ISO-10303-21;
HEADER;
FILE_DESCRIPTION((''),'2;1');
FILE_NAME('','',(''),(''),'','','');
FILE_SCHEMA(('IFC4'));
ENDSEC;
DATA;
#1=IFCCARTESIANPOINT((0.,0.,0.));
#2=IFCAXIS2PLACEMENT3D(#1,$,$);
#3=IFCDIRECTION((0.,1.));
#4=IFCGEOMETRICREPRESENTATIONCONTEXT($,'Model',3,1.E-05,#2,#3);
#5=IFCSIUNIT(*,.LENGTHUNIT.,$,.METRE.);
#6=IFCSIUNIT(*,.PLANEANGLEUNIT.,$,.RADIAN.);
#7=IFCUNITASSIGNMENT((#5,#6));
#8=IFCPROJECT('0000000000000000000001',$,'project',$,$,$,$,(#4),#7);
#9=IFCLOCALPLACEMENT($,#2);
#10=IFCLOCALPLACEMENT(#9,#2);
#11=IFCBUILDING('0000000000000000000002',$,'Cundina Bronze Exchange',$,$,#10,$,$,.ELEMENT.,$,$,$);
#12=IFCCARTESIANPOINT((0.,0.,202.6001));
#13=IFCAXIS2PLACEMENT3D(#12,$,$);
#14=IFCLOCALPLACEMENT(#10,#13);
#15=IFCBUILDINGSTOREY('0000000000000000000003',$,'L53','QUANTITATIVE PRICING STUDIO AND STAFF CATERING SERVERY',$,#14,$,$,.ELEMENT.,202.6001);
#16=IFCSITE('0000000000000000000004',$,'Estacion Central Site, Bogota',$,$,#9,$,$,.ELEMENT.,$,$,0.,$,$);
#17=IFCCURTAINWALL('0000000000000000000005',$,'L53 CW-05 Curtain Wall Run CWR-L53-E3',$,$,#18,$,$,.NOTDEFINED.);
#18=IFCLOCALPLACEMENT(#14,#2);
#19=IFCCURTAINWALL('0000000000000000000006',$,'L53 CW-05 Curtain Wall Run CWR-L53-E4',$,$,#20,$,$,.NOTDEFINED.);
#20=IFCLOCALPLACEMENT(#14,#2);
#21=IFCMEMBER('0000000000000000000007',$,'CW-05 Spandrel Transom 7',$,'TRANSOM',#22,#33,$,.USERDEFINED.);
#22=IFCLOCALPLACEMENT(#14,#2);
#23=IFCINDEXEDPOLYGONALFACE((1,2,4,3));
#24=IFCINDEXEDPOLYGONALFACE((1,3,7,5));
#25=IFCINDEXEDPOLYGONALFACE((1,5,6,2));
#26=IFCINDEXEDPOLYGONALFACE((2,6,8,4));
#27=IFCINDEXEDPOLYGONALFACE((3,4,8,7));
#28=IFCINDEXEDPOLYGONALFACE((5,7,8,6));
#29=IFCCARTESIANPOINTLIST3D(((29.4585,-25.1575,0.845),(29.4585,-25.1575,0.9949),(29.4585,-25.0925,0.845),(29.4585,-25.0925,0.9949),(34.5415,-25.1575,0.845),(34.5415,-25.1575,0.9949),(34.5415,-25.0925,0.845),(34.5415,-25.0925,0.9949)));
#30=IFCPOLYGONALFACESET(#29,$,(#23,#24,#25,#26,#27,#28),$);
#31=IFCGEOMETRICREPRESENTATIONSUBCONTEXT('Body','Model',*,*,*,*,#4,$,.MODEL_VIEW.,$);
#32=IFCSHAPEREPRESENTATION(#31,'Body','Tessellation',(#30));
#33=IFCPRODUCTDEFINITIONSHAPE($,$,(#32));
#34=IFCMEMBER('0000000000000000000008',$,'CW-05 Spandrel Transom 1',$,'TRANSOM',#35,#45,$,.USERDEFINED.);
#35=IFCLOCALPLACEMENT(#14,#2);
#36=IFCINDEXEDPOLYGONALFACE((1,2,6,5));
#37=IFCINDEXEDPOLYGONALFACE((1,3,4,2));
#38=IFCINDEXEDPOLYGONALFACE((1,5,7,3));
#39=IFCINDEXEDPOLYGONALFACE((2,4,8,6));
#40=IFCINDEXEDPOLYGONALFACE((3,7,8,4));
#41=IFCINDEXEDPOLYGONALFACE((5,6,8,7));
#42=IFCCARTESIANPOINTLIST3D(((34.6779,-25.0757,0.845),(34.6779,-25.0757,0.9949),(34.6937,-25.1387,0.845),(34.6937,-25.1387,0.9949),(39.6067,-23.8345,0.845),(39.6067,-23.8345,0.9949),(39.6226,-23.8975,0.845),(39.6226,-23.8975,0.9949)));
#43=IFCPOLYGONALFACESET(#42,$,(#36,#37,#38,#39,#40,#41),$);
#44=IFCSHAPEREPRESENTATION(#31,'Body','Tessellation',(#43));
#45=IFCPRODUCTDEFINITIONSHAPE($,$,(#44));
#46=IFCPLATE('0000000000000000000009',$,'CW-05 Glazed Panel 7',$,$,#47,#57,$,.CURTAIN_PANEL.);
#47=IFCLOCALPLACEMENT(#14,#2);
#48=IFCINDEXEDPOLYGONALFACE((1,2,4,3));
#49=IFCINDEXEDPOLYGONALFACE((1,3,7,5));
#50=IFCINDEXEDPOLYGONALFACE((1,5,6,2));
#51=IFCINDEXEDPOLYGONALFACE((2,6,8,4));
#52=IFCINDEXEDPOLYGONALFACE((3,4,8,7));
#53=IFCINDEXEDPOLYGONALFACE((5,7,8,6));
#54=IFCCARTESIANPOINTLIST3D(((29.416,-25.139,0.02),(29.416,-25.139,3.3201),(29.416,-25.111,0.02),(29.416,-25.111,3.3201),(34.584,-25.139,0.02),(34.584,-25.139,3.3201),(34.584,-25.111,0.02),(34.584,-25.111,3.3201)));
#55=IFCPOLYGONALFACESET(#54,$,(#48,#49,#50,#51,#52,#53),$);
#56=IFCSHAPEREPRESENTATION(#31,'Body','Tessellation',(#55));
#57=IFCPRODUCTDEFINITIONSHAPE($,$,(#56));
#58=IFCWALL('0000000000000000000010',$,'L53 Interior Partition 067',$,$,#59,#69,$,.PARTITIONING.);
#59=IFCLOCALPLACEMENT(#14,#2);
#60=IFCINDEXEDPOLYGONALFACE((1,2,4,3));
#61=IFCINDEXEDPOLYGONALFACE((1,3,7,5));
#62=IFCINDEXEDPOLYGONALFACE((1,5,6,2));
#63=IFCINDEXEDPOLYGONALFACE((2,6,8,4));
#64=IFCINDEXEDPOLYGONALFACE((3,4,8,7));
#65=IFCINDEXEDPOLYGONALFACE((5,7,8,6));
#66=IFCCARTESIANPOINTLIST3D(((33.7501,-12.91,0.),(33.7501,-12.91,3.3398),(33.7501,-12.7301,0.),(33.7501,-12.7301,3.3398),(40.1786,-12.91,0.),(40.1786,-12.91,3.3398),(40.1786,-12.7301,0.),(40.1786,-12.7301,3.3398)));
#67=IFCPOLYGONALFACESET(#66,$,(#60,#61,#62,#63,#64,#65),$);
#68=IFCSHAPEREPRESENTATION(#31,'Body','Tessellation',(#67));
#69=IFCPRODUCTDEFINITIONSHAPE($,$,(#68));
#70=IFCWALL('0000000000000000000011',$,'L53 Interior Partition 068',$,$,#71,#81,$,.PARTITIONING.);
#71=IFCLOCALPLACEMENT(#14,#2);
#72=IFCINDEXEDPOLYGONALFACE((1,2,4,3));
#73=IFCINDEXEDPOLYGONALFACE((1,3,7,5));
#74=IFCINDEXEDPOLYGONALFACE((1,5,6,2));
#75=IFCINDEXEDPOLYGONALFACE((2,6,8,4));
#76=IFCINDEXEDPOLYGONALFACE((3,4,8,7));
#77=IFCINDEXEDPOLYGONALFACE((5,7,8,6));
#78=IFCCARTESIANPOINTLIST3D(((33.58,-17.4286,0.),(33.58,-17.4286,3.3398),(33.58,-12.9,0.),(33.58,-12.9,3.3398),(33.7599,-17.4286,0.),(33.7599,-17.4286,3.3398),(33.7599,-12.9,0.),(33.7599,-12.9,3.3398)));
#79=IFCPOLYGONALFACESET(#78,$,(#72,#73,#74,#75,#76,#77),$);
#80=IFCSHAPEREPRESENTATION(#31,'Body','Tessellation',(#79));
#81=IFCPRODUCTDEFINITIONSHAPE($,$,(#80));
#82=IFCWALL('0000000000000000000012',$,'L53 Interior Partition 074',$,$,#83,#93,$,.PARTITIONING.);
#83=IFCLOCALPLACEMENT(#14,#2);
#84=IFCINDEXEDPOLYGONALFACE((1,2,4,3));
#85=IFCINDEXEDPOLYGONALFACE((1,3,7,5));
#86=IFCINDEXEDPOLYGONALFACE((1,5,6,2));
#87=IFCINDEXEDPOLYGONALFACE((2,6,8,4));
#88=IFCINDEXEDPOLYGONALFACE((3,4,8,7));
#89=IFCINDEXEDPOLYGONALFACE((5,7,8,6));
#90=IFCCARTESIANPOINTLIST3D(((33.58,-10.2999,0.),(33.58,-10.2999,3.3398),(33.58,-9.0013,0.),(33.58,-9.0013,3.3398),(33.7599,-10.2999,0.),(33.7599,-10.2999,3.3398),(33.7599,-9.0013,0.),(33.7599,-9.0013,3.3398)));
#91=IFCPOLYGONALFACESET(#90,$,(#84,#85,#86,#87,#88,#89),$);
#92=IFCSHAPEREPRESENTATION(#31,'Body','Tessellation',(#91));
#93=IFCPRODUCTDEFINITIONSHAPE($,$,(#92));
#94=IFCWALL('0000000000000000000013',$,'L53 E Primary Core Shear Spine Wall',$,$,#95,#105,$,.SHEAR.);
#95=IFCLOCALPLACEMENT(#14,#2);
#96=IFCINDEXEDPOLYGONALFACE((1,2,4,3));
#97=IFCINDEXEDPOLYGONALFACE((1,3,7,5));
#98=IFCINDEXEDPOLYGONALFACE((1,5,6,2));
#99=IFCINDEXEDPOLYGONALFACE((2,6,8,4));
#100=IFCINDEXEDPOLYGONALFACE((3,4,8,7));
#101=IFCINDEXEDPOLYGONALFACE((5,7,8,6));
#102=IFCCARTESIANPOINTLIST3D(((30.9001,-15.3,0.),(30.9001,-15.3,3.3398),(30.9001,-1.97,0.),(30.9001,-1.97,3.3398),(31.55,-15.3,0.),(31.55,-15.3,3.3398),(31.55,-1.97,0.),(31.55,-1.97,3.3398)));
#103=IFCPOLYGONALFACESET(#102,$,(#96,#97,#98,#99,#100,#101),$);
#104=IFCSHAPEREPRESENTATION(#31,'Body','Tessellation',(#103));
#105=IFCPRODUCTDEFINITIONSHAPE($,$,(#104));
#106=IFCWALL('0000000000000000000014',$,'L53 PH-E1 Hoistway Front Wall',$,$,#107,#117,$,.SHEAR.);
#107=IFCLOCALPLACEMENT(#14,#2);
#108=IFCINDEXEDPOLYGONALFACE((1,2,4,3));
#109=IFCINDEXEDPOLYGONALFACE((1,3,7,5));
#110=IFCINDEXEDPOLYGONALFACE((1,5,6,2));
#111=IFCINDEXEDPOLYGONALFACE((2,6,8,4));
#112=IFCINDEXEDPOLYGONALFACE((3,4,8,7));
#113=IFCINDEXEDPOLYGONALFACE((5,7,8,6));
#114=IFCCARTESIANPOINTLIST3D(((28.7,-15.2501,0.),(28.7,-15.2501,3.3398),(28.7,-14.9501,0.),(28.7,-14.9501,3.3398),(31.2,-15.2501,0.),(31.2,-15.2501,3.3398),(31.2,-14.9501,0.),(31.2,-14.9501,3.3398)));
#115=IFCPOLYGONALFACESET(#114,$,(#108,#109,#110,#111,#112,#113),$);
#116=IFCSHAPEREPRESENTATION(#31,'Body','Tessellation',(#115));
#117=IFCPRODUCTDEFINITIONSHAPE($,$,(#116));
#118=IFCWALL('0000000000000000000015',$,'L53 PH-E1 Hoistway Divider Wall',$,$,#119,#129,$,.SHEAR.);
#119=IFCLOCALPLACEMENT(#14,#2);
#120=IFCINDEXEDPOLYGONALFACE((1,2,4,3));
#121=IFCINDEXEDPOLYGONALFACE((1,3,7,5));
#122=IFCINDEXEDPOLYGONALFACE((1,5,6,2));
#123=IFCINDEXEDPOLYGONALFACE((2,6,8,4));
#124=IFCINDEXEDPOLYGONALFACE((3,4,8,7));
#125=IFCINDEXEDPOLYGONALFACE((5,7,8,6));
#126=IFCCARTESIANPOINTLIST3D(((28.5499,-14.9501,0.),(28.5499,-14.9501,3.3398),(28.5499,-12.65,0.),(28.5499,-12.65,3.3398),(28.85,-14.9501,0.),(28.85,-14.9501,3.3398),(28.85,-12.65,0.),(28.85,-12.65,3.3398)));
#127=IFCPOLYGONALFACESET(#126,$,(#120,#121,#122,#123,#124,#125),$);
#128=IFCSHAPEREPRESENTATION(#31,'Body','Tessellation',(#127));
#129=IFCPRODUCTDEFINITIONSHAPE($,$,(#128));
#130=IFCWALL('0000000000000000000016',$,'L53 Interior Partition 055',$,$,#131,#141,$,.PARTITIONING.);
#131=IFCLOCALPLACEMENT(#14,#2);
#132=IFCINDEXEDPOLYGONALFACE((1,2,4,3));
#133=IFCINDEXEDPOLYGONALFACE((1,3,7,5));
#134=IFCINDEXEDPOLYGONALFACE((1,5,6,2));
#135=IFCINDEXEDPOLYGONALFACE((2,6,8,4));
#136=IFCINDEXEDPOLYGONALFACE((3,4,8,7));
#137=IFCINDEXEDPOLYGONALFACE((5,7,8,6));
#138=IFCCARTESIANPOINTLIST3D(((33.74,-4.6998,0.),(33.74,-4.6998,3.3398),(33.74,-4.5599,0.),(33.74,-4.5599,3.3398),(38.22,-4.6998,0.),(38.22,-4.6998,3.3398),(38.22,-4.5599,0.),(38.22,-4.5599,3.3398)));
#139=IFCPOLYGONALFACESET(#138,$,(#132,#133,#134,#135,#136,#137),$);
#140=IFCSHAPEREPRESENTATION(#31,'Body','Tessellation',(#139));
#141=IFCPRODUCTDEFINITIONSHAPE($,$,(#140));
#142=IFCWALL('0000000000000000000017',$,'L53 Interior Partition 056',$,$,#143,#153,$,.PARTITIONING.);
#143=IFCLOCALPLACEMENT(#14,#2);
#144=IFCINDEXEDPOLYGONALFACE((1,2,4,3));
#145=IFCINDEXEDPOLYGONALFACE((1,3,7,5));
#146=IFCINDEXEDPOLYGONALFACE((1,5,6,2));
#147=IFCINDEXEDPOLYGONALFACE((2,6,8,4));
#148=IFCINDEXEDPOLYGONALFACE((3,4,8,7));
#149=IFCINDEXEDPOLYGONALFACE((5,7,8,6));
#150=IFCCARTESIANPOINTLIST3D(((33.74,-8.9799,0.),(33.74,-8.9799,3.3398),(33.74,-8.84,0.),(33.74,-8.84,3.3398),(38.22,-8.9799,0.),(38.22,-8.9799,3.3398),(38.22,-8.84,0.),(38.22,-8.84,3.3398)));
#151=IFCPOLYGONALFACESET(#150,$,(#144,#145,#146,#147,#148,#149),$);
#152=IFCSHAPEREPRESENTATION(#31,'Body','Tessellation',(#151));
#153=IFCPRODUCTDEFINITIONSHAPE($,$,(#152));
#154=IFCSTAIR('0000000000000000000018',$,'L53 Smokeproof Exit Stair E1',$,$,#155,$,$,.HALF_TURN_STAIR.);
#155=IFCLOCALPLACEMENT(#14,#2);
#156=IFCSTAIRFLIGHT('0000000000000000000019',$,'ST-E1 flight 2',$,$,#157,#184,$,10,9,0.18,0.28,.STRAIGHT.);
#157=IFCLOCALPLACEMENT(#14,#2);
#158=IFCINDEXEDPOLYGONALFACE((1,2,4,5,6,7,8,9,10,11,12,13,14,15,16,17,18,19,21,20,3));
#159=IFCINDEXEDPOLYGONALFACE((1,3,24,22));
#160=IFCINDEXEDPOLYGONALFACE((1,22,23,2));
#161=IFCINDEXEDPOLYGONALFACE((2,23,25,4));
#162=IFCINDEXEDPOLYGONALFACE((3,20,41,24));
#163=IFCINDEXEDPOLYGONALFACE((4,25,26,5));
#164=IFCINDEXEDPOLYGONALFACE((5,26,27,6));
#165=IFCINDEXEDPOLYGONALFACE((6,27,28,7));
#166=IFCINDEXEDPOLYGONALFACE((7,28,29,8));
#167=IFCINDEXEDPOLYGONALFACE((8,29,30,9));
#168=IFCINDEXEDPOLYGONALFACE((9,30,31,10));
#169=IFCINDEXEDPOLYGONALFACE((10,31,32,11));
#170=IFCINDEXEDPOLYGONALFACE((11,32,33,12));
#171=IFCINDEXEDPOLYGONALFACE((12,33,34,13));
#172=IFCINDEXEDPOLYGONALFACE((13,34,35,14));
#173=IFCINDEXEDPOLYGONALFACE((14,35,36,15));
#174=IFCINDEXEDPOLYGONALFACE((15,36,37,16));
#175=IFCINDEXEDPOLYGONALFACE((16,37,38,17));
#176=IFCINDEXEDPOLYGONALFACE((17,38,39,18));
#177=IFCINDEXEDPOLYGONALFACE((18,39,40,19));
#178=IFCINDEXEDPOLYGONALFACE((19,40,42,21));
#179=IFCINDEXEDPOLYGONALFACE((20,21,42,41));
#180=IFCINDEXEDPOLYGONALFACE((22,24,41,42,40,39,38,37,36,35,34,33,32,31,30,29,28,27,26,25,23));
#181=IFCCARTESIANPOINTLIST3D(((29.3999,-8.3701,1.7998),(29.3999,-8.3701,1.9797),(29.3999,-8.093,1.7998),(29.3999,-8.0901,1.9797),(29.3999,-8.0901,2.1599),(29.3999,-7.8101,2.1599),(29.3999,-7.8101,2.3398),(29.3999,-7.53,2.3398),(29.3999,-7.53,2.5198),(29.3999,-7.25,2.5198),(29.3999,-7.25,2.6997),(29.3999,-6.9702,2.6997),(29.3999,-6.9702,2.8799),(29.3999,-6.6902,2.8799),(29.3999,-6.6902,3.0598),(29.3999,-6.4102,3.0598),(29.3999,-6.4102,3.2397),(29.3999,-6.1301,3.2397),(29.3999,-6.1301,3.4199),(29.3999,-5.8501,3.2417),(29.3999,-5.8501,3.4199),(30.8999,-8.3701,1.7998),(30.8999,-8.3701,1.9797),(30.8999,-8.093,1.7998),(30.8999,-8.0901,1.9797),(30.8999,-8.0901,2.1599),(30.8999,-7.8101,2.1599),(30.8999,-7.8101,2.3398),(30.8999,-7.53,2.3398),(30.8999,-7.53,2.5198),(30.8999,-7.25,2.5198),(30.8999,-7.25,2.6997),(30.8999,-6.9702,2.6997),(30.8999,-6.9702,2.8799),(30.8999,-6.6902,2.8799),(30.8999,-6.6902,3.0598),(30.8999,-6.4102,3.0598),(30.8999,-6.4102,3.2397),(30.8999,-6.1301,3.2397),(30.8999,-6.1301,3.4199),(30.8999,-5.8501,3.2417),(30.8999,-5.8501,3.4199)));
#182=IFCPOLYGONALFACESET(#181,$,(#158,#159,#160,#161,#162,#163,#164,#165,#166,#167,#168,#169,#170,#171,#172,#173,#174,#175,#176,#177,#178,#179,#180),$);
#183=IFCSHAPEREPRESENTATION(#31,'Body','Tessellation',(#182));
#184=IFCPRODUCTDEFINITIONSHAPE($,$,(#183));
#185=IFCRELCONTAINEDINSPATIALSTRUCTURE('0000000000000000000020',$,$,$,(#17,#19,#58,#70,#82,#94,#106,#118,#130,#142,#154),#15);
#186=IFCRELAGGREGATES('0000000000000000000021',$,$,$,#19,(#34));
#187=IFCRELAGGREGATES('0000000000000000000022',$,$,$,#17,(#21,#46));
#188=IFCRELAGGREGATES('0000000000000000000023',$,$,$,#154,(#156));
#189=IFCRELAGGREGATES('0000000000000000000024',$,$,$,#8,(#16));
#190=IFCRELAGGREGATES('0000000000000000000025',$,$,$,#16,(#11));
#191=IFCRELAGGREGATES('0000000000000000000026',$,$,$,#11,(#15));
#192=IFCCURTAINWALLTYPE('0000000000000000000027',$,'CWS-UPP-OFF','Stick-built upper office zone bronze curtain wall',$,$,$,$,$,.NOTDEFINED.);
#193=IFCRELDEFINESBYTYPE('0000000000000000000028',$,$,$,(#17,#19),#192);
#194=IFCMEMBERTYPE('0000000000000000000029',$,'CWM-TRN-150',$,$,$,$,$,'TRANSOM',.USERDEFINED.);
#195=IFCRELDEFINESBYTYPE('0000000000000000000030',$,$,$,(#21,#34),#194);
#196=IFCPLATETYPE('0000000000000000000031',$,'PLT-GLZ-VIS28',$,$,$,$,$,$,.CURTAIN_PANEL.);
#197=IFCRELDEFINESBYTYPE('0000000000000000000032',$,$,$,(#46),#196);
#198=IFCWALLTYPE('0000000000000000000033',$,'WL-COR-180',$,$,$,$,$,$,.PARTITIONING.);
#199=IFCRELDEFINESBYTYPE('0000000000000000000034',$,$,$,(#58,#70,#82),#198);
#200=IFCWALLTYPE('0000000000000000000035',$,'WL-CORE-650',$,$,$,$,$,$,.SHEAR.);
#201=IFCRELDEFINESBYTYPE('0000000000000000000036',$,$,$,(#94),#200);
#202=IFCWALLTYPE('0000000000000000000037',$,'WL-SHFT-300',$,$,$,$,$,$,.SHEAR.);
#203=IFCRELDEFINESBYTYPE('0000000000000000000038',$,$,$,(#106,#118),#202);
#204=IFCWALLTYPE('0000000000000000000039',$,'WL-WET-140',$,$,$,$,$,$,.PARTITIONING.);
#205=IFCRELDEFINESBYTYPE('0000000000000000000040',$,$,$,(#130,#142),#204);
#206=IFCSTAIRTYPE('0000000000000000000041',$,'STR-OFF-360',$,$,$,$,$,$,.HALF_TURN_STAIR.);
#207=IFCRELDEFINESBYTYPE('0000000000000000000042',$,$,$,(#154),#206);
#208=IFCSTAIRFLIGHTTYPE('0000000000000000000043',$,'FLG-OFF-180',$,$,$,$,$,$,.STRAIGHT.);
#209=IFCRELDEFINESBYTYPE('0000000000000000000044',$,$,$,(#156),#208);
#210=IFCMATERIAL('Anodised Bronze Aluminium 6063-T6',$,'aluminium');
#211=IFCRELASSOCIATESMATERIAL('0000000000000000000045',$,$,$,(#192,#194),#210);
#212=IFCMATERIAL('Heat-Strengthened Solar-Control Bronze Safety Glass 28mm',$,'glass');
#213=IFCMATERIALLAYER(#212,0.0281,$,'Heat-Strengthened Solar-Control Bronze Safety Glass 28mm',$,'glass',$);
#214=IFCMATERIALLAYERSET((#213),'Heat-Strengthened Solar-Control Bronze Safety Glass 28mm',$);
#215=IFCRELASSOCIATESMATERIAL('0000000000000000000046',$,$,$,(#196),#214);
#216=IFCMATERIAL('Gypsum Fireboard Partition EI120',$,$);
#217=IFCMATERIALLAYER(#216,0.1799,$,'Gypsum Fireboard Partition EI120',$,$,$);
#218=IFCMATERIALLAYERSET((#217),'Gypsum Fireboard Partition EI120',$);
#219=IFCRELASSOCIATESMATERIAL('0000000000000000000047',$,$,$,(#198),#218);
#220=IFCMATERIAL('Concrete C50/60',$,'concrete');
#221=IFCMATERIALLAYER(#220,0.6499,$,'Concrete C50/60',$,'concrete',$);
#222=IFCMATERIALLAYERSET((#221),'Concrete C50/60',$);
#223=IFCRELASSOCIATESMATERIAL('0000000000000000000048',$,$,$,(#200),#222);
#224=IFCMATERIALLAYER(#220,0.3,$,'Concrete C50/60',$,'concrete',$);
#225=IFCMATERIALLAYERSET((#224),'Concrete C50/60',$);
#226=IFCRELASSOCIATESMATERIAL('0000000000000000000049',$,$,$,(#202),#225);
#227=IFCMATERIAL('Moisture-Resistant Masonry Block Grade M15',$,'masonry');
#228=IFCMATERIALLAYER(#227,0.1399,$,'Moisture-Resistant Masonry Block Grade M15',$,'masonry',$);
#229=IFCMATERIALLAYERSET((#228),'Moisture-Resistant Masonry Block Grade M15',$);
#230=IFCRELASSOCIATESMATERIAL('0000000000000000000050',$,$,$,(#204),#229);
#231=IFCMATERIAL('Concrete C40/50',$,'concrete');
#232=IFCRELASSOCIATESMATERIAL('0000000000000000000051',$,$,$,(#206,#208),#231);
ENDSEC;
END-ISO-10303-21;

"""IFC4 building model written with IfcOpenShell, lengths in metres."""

from ifc_helpers import new_model, si_unit, direction, frame, frame_2d, origin, origin_2d, place, context, subcontext, project, spatial, polyline, rectangle, outline, extrude, material, layer, layer_set, material_profile, profile_set, type_object, element, aggregate, save


model = new_model("IFC4")

# Units and contexts
model_context = context("Model", 3, precision=1e-05, world=origin(), true_north=direction((0.0, 1.0)))
body_context = subcontext(model_context, "Body", "Model", "MODEL_VIEW")
ifc_project = project(units=[si_unit("LENGTHUNIT", "METRE"), si_unit("PLANEANGLEUNIT", "RADIAN")], contexts=[model_context])

# Site, building, storey
site_placement = place(None, origin())
site = spatial("IfcSite", under=ifc_project, at=site_placement, Name="Estacion Central Site, Bogota", CompositionType="ELEMENT", RefElevation=0.0)
building_placement = place(site_placement, origin())
building = spatial("IfcBuilding", under=site, at=building_placement, Name="Cundina Bronze Exchange", CompositionType="ELEMENT")
storey_placement = place(building_placement, frame((0.0, 0.0, 202.6001)))
storey = spatial("IfcBuildingStorey", under=building, at=storey_placement, Name="L53", Description="QUANTITATIVE PRICING STUDIO AND STAFF CATERING SERVERY", CompositionType="ELEMENT", Elevation=202.6001)

# Shared definitions
ifc_material_1 = material(Name="Concrete C50/60", Category="concrete")

# Curtain wall
ifc_material_2 = material(Name="Anodised Bronze Aluminium 6063-T6", Category="aluminium")
curtain_wall_type = type_object("IfcCurtainWallType", Name="CWS-UPP-OFF", Description="Stick-built upper office zone bronze curtain wall", PredefinedType="NOTDEFINED", material=ifc_material_2)
curtain_wall_1_placement = place(storey_placement, origin())
curtain_wall_1 = element("IfcCurtainWall", 1, at=curtain_wall_1_placement, inside=storey, type_object=curtain_wall_type, Name="L53 CW-05 Curtain Wall Run CWR-L53-E3", PredefinedType="NOTDEFINED")

# Curtain wall
curtain_wall_2_placement = place(storey_placement, origin())
curtain_wall_2 = element("IfcCurtainWall", 2, at=curtain_wall_2_placement, inside=storey, type_object=curtain_wall_type, Name="L53 CW-05 Curtain Wall Run CWR-L53-E4", PredefinedType="NOTDEFINED")

# Members
ifc_material_profile_1 = material_profile(ifc_material_2, rectangle(XDim=0.0649, YDim=0.1499, at=origin_2d()), Name="AL65X150", Category="aluminium")
ifc_profile_set_1 = profile_set([ifc_material_profile_1], Name="Anodised Bronze Aluminium 6063-T6")
member_type_1 = type_object("IfcMemberType", Name="CWM-TRN-150", ElementType="TRANSOM", PredefinedType="USERDEFINED", material=ifc_profile_set_1)
member_1_placement = place(storey_placement, frame((29.4585, -25.125, 0.9199), z_axis=(1.0, 0.0, 0.0), x_axis=(0.0, 1.0, 0.0)))
member_1 = element("IfcMember", 3, at=member_1_placement, type_object=member_type_1, Name="CW-05 Spandrel Transom 7", ObjectType="TRANSOM", PredefinedType="USERDEFINED", context=body_context, shape_type="SweptSolid", body=[
    extrude(rectangle(XDim=0.0649, YDim=0.1499, at=origin_2d()), origin(), (0.0, 0.0, 1.0), 5.083),
])
member_2_placement = place(storey_placement, frame((34.6858, -25.1072, 0.9199), z_axis=(0.969726, 0.244197, 0.0), x_axis=(-0.244197, 0.969726, 0.0)))
member_2 = element("IfcMember", 4, at=member_2_placement, type_object=member_type_1, Name="CW-05 Spandrel Transom 1", ObjectType="TRANSOM", PredefinedType="USERDEFINED", context=body_context, shape_type="SweptSolid", body=[
    extrude(rectangle(XDim=0.0649, YDim=0.1499, at=origin_2d()), origin(), (0.0, 0.0, 1.0), 5.0828),
])
aggregate(curtain_wall_2, [member_2])

# Plate
ifc_material_3 = material(Name="Heat-Strengthened Solar-Control Bronze Safety Glass 28mm", Category="glass")
ifc_layer_1 = layer(ifc_material_3, 0.0281, Name="Heat-Strengthened Solar-Control Bronze Safety Glass 28mm", Category="glass")
ifc_layer_set_1 = layer_set([ifc_layer_1], Name="Heat-Strengthened Solar-Control Bronze Safety Glass 28mm")
plate_type = type_object("IfcPlateType", Name="PLT-GLZ-VIS28", PredefinedType="CURTAIN_PANEL", material=ifc_layer_set_1)
plate_placement = place(storey_placement, frame((32.0, -25.125, 0.02), z_axis=(0.0, 0.0, 1.0), x_axis=(1.0, 0.0, 0.0)))
plate = element("IfcPlate", 5, at=plate_placement, type_object=plate_type, Name="CW-05 Glazed Panel 7", PredefinedType="CURTAIN_PANEL", context=body_context, shape_type="SweptSolid", body=[
    extrude(rectangle(XDim=5.168, YDim=0.0281, at=origin_2d()), origin(), (0.0, 0.0, 1.0), 3.3),
])
aggregate(curtain_wall_1, [member_1, plate])

# Shared definitions
ifc_material_4 = material(Name="Gypsum Fireboard Partition EI120")
ifc_layer_2 = layer(ifc_material_4, 0.1799, Name="Gypsum Fireboard Partition EI120")
ifc_layer_set_2 = layer_set([ifc_layer_2], Name="Gypsum Fireboard Partition EI120")
wall_type_1 = type_object("IfcWallType", Name="WL-COR-180", PredefinedType="PARTITIONING", material=ifc_layer_set_2)

# Walls
wall_1_placement = place(storey_placement, frame((33.75, -12.8201, 0.0), z_axis=(0.0, 0.0, 1.0), x_axis=(1.0, 0.0, 0.0)))
element("IfcWall", 6, at=wall_1_placement, inside=storey, type_object=wall_type_1, Name="L53 Interior Partition 067", PredefinedType="PARTITIONING", context=body_context, shape_type="SweptSolid", body=[
    extrude(rectangle(XDim=6.4285, YDim=0.1799, at=frame_2d((3.2144, 0.0))), origin(), (0.0, 0.0, 1.0), 3.3398),
])
wall_2_placement = place(storey_placement, frame((33.6699, -17.4285, 0.0), z_axis=(0.0, 0.0, 1.0), x_axis=(0.0, 1.0, 0.0)))
element("IfcWall", 7, at=wall_2_placement, inside=storey, type_object=wall_type_1, Name="L53 Interior Partition 068", PredefinedType="PARTITIONING", context=body_context, shape_type="SweptSolid", body=[
    extrude(rectangle(XDim=4.5286, YDim=0.1799, at=frame_2d((2.2642, 0.0))), origin(), (0.0, 0.0, 1.0), 3.3398),
])
wall_3_placement = place(storey_placement, frame((33.6699, -10.3, 0.0), z_axis=(0.0, 0.0, 1.0), x_axis=(0.0, 1.0, 0.0)))
element("IfcWall", 8, at=wall_3_placement, inside=storey, type_object=wall_type_1, Name="L53 Interior Partition 074", PredefinedType="PARTITIONING", context=body_context, shape_type="SweptSolid", body=[
    extrude(rectangle(XDim=1.2986, YDim=0.1799, at=frame_2d((0.6494, 0.0))), origin(), (0.0, 0.0, 1.0), 3.3398),
])
ifc_layer_3 = layer(ifc_material_1, 0.6499, Name="Concrete C50/60", Category="concrete")
ifc_layer_set_3 = layer_set([ifc_layer_3], Name="Concrete C50/60")
wall_type_2 = type_object("IfcWallType", Name="WL-CORE-650", PredefinedType="SHEAR", material=ifc_layer_set_3)
wall_4_placement = place(storey_placement, frame((31.2251, -15.3, 0.0), z_axis=(0.0, 0.0, 1.0), x_axis=(0.0, 1.0, 0.0)))
element("IfcWall", 9, at=wall_4_placement, inside=storey, type_object=wall_type_2, Name="L53 E Primary Core Shear Spine Wall", PredefinedType="SHEAR", context=body_context, shape_type="SweptSolid", body=[
    extrude(rectangle(XDim=13.3301, YDim=0.6499, at=frame_2d((6.665, 0.0))), origin(), (0.0, 0.0, 1.0), 3.3398),
])
ifc_layer_4 = layer(ifc_material_1, 0.3, Name="Concrete C50/60", Category="concrete")
ifc_layer_set_4 = layer_set([ifc_layer_4], Name="Concrete C50/60")
wall_type_3 = type_object("IfcWallType", Name="WL-SHFT-300", PredefinedType="SHEAR", material=ifc_layer_set_4)
wall_5_placement = place(storey_placement, frame((28.7, -15.1001, 0.0), z_axis=(0.0, 0.0, 1.0), x_axis=(1.0, 0.0, 0.0)))
element("IfcWall", 10, at=wall_5_placement, inside=storey, type_object=wall_type_3, Name="L53 PH-E1 Hoistway Front Wall", PredefinedType="SHEAR", context=body_context, shape_type="SweptSolid", body=[
    extrude(rectangle(XDim=2.5, YDim=0.3, at=frame_2d((1.25, 0.0))), origin(), (0.0, 0.0, 1.0), 3.3398),
])
wall_6_placement = place(storey_placement, frame((28.7, -14.95, 0.0), z_axis=(0.0, 0.0, 1.0), x_axis=(0.0, 1.0, 0.0)))
element("IfcWall", 11, at=wall_6_placement, inside=storey, type_object=wall_type_3, Name="L53 PH-E1 Hoistway Divider Wall", PredefinedType="SHEAR", context=body_context, shape_type="SweptSolid", body=[
    extrude(rectangle(XDim=2.3, YDim=0.3, at=frame_2d((1.1499, 0.0))), origin(), (0.0, 0.0, 1.0), 3.3398),
])
ifc_material_5 = material(Name="Moisture-Resistant Masonry Block Grade M15", Category="masonry")
ifc_layer_5 = layer(ifc_material_5, 0.1399, Name="Moisture-Resistant Masonry Block Grade M15", Category="masonry")
ifc_layer_set_5 = layer_set([ifc_layer_5], Name="Moisture-Resistant Masonry Block Grade M15")
wall_type_4 = type_object("IfcWallType", Name="WL-WET-140", PredefinedType="PARTITIONING", material=ifc_layer_set_5)
for number, where, z_axis, x_axis, name in (
    (12, (33.74, -4.6299, 0.0), (0.0, 0.0, 1.0), (1.0, 0.0, 0.0), "L53 Interior Partition 055"),
    (13, (33.74, -8.9099, 0.0), (0.0, 0.0, 1.0), (1.0, 0.0, 0.0), "L53 Interior Partition 056"),
):
    element("IfcWall", number, at=place(storey_placement, frame(where, z_axis=z_axis, x_axis=x_axis)), inside=storey, type_object=wall_type_4, Name=name, PredefinedType="PARTITIONING", context=body_context, shape_type="SweptSolid", body=[
        extrude(rectangle(XDim=4.48, YDim=0.1399, at=frame_2d((2.24, 0.0))), origin(), (0.0, 0.0, 1.0), 3.3398),
    ])

# Stair, stair flight
ifc_material_6 = material(Name="Concrete C40/50", Category="concrete")
stair_type = type_object("IfcStairType", Name="STR-OFF-360", PredefinedType="HALF_TURN_STAIR", material=ifc_material_6)
stair_placement = place(storey_placement, origin())
stair = element("IfcStair", 14, at=stair_placement, inside=storey, type_object=stair_type, Name="L53 Smokeproof Exit Stair E1", PredefinedType="HALF_TURN_STAIR")
stair_flight_type = type_object("IfcStairFlightType", Name="FLG-OFF-180", PredefinedType="STRAIGHT", material=ifc_material_6)
stair_flight_placement = place(storey_placement, frame((30.1499, -8.3701, 1.7998), z_axis=(0.0, 0.0, 1.0), x_axis=(0.0, 1.0, 0.0)))
stair_flight = element("IfcStairFlight", 15, at=stair_flight_placement, type_object=stair_flight_type, Name="ST-E1 flight 2", NumberOfRisers=10, NumberOfTreads=9, PredefinedType="STRAIGHT", RiserHeight=0.18, TreadLength=0.28, context=body_context, shape_type="SweptSolid", body=[
    extrude(outline(polyline([(0.0, 0.0), (0.0, 0.1799), (0.28, 0.1799), (0.28, 0.3601), (0.5601, 0.3601), (0.5601, 0.54), (0.8401, 0.54), (0.8401, 0.72), (1.1201, 0.72), (1.1201, 0.8999), (1.3999, 0.8999), (1.3999, 1.0801), (1.6799, 1.0801), (1.6799, 1.26), (1.96, 1.26), (1.96, 1.4399), (2.24, 1.4399), (2.24, 1.6201), (2.52, 1.6201), (2.52, 1.8), (2.52, 1.4419), (0.2771, 0.0), (0.0, 0.0)])), frame((0.0, 0.75, 0.0), z_axis=(0.0, -1.0, 0.0), x_axis=(1.0, 0.0, 0.0)), (0.0, 0.0, 1.0), 1.5),
])
aggregate(stair, [stair_flight])

save(model, "model.ifc")
